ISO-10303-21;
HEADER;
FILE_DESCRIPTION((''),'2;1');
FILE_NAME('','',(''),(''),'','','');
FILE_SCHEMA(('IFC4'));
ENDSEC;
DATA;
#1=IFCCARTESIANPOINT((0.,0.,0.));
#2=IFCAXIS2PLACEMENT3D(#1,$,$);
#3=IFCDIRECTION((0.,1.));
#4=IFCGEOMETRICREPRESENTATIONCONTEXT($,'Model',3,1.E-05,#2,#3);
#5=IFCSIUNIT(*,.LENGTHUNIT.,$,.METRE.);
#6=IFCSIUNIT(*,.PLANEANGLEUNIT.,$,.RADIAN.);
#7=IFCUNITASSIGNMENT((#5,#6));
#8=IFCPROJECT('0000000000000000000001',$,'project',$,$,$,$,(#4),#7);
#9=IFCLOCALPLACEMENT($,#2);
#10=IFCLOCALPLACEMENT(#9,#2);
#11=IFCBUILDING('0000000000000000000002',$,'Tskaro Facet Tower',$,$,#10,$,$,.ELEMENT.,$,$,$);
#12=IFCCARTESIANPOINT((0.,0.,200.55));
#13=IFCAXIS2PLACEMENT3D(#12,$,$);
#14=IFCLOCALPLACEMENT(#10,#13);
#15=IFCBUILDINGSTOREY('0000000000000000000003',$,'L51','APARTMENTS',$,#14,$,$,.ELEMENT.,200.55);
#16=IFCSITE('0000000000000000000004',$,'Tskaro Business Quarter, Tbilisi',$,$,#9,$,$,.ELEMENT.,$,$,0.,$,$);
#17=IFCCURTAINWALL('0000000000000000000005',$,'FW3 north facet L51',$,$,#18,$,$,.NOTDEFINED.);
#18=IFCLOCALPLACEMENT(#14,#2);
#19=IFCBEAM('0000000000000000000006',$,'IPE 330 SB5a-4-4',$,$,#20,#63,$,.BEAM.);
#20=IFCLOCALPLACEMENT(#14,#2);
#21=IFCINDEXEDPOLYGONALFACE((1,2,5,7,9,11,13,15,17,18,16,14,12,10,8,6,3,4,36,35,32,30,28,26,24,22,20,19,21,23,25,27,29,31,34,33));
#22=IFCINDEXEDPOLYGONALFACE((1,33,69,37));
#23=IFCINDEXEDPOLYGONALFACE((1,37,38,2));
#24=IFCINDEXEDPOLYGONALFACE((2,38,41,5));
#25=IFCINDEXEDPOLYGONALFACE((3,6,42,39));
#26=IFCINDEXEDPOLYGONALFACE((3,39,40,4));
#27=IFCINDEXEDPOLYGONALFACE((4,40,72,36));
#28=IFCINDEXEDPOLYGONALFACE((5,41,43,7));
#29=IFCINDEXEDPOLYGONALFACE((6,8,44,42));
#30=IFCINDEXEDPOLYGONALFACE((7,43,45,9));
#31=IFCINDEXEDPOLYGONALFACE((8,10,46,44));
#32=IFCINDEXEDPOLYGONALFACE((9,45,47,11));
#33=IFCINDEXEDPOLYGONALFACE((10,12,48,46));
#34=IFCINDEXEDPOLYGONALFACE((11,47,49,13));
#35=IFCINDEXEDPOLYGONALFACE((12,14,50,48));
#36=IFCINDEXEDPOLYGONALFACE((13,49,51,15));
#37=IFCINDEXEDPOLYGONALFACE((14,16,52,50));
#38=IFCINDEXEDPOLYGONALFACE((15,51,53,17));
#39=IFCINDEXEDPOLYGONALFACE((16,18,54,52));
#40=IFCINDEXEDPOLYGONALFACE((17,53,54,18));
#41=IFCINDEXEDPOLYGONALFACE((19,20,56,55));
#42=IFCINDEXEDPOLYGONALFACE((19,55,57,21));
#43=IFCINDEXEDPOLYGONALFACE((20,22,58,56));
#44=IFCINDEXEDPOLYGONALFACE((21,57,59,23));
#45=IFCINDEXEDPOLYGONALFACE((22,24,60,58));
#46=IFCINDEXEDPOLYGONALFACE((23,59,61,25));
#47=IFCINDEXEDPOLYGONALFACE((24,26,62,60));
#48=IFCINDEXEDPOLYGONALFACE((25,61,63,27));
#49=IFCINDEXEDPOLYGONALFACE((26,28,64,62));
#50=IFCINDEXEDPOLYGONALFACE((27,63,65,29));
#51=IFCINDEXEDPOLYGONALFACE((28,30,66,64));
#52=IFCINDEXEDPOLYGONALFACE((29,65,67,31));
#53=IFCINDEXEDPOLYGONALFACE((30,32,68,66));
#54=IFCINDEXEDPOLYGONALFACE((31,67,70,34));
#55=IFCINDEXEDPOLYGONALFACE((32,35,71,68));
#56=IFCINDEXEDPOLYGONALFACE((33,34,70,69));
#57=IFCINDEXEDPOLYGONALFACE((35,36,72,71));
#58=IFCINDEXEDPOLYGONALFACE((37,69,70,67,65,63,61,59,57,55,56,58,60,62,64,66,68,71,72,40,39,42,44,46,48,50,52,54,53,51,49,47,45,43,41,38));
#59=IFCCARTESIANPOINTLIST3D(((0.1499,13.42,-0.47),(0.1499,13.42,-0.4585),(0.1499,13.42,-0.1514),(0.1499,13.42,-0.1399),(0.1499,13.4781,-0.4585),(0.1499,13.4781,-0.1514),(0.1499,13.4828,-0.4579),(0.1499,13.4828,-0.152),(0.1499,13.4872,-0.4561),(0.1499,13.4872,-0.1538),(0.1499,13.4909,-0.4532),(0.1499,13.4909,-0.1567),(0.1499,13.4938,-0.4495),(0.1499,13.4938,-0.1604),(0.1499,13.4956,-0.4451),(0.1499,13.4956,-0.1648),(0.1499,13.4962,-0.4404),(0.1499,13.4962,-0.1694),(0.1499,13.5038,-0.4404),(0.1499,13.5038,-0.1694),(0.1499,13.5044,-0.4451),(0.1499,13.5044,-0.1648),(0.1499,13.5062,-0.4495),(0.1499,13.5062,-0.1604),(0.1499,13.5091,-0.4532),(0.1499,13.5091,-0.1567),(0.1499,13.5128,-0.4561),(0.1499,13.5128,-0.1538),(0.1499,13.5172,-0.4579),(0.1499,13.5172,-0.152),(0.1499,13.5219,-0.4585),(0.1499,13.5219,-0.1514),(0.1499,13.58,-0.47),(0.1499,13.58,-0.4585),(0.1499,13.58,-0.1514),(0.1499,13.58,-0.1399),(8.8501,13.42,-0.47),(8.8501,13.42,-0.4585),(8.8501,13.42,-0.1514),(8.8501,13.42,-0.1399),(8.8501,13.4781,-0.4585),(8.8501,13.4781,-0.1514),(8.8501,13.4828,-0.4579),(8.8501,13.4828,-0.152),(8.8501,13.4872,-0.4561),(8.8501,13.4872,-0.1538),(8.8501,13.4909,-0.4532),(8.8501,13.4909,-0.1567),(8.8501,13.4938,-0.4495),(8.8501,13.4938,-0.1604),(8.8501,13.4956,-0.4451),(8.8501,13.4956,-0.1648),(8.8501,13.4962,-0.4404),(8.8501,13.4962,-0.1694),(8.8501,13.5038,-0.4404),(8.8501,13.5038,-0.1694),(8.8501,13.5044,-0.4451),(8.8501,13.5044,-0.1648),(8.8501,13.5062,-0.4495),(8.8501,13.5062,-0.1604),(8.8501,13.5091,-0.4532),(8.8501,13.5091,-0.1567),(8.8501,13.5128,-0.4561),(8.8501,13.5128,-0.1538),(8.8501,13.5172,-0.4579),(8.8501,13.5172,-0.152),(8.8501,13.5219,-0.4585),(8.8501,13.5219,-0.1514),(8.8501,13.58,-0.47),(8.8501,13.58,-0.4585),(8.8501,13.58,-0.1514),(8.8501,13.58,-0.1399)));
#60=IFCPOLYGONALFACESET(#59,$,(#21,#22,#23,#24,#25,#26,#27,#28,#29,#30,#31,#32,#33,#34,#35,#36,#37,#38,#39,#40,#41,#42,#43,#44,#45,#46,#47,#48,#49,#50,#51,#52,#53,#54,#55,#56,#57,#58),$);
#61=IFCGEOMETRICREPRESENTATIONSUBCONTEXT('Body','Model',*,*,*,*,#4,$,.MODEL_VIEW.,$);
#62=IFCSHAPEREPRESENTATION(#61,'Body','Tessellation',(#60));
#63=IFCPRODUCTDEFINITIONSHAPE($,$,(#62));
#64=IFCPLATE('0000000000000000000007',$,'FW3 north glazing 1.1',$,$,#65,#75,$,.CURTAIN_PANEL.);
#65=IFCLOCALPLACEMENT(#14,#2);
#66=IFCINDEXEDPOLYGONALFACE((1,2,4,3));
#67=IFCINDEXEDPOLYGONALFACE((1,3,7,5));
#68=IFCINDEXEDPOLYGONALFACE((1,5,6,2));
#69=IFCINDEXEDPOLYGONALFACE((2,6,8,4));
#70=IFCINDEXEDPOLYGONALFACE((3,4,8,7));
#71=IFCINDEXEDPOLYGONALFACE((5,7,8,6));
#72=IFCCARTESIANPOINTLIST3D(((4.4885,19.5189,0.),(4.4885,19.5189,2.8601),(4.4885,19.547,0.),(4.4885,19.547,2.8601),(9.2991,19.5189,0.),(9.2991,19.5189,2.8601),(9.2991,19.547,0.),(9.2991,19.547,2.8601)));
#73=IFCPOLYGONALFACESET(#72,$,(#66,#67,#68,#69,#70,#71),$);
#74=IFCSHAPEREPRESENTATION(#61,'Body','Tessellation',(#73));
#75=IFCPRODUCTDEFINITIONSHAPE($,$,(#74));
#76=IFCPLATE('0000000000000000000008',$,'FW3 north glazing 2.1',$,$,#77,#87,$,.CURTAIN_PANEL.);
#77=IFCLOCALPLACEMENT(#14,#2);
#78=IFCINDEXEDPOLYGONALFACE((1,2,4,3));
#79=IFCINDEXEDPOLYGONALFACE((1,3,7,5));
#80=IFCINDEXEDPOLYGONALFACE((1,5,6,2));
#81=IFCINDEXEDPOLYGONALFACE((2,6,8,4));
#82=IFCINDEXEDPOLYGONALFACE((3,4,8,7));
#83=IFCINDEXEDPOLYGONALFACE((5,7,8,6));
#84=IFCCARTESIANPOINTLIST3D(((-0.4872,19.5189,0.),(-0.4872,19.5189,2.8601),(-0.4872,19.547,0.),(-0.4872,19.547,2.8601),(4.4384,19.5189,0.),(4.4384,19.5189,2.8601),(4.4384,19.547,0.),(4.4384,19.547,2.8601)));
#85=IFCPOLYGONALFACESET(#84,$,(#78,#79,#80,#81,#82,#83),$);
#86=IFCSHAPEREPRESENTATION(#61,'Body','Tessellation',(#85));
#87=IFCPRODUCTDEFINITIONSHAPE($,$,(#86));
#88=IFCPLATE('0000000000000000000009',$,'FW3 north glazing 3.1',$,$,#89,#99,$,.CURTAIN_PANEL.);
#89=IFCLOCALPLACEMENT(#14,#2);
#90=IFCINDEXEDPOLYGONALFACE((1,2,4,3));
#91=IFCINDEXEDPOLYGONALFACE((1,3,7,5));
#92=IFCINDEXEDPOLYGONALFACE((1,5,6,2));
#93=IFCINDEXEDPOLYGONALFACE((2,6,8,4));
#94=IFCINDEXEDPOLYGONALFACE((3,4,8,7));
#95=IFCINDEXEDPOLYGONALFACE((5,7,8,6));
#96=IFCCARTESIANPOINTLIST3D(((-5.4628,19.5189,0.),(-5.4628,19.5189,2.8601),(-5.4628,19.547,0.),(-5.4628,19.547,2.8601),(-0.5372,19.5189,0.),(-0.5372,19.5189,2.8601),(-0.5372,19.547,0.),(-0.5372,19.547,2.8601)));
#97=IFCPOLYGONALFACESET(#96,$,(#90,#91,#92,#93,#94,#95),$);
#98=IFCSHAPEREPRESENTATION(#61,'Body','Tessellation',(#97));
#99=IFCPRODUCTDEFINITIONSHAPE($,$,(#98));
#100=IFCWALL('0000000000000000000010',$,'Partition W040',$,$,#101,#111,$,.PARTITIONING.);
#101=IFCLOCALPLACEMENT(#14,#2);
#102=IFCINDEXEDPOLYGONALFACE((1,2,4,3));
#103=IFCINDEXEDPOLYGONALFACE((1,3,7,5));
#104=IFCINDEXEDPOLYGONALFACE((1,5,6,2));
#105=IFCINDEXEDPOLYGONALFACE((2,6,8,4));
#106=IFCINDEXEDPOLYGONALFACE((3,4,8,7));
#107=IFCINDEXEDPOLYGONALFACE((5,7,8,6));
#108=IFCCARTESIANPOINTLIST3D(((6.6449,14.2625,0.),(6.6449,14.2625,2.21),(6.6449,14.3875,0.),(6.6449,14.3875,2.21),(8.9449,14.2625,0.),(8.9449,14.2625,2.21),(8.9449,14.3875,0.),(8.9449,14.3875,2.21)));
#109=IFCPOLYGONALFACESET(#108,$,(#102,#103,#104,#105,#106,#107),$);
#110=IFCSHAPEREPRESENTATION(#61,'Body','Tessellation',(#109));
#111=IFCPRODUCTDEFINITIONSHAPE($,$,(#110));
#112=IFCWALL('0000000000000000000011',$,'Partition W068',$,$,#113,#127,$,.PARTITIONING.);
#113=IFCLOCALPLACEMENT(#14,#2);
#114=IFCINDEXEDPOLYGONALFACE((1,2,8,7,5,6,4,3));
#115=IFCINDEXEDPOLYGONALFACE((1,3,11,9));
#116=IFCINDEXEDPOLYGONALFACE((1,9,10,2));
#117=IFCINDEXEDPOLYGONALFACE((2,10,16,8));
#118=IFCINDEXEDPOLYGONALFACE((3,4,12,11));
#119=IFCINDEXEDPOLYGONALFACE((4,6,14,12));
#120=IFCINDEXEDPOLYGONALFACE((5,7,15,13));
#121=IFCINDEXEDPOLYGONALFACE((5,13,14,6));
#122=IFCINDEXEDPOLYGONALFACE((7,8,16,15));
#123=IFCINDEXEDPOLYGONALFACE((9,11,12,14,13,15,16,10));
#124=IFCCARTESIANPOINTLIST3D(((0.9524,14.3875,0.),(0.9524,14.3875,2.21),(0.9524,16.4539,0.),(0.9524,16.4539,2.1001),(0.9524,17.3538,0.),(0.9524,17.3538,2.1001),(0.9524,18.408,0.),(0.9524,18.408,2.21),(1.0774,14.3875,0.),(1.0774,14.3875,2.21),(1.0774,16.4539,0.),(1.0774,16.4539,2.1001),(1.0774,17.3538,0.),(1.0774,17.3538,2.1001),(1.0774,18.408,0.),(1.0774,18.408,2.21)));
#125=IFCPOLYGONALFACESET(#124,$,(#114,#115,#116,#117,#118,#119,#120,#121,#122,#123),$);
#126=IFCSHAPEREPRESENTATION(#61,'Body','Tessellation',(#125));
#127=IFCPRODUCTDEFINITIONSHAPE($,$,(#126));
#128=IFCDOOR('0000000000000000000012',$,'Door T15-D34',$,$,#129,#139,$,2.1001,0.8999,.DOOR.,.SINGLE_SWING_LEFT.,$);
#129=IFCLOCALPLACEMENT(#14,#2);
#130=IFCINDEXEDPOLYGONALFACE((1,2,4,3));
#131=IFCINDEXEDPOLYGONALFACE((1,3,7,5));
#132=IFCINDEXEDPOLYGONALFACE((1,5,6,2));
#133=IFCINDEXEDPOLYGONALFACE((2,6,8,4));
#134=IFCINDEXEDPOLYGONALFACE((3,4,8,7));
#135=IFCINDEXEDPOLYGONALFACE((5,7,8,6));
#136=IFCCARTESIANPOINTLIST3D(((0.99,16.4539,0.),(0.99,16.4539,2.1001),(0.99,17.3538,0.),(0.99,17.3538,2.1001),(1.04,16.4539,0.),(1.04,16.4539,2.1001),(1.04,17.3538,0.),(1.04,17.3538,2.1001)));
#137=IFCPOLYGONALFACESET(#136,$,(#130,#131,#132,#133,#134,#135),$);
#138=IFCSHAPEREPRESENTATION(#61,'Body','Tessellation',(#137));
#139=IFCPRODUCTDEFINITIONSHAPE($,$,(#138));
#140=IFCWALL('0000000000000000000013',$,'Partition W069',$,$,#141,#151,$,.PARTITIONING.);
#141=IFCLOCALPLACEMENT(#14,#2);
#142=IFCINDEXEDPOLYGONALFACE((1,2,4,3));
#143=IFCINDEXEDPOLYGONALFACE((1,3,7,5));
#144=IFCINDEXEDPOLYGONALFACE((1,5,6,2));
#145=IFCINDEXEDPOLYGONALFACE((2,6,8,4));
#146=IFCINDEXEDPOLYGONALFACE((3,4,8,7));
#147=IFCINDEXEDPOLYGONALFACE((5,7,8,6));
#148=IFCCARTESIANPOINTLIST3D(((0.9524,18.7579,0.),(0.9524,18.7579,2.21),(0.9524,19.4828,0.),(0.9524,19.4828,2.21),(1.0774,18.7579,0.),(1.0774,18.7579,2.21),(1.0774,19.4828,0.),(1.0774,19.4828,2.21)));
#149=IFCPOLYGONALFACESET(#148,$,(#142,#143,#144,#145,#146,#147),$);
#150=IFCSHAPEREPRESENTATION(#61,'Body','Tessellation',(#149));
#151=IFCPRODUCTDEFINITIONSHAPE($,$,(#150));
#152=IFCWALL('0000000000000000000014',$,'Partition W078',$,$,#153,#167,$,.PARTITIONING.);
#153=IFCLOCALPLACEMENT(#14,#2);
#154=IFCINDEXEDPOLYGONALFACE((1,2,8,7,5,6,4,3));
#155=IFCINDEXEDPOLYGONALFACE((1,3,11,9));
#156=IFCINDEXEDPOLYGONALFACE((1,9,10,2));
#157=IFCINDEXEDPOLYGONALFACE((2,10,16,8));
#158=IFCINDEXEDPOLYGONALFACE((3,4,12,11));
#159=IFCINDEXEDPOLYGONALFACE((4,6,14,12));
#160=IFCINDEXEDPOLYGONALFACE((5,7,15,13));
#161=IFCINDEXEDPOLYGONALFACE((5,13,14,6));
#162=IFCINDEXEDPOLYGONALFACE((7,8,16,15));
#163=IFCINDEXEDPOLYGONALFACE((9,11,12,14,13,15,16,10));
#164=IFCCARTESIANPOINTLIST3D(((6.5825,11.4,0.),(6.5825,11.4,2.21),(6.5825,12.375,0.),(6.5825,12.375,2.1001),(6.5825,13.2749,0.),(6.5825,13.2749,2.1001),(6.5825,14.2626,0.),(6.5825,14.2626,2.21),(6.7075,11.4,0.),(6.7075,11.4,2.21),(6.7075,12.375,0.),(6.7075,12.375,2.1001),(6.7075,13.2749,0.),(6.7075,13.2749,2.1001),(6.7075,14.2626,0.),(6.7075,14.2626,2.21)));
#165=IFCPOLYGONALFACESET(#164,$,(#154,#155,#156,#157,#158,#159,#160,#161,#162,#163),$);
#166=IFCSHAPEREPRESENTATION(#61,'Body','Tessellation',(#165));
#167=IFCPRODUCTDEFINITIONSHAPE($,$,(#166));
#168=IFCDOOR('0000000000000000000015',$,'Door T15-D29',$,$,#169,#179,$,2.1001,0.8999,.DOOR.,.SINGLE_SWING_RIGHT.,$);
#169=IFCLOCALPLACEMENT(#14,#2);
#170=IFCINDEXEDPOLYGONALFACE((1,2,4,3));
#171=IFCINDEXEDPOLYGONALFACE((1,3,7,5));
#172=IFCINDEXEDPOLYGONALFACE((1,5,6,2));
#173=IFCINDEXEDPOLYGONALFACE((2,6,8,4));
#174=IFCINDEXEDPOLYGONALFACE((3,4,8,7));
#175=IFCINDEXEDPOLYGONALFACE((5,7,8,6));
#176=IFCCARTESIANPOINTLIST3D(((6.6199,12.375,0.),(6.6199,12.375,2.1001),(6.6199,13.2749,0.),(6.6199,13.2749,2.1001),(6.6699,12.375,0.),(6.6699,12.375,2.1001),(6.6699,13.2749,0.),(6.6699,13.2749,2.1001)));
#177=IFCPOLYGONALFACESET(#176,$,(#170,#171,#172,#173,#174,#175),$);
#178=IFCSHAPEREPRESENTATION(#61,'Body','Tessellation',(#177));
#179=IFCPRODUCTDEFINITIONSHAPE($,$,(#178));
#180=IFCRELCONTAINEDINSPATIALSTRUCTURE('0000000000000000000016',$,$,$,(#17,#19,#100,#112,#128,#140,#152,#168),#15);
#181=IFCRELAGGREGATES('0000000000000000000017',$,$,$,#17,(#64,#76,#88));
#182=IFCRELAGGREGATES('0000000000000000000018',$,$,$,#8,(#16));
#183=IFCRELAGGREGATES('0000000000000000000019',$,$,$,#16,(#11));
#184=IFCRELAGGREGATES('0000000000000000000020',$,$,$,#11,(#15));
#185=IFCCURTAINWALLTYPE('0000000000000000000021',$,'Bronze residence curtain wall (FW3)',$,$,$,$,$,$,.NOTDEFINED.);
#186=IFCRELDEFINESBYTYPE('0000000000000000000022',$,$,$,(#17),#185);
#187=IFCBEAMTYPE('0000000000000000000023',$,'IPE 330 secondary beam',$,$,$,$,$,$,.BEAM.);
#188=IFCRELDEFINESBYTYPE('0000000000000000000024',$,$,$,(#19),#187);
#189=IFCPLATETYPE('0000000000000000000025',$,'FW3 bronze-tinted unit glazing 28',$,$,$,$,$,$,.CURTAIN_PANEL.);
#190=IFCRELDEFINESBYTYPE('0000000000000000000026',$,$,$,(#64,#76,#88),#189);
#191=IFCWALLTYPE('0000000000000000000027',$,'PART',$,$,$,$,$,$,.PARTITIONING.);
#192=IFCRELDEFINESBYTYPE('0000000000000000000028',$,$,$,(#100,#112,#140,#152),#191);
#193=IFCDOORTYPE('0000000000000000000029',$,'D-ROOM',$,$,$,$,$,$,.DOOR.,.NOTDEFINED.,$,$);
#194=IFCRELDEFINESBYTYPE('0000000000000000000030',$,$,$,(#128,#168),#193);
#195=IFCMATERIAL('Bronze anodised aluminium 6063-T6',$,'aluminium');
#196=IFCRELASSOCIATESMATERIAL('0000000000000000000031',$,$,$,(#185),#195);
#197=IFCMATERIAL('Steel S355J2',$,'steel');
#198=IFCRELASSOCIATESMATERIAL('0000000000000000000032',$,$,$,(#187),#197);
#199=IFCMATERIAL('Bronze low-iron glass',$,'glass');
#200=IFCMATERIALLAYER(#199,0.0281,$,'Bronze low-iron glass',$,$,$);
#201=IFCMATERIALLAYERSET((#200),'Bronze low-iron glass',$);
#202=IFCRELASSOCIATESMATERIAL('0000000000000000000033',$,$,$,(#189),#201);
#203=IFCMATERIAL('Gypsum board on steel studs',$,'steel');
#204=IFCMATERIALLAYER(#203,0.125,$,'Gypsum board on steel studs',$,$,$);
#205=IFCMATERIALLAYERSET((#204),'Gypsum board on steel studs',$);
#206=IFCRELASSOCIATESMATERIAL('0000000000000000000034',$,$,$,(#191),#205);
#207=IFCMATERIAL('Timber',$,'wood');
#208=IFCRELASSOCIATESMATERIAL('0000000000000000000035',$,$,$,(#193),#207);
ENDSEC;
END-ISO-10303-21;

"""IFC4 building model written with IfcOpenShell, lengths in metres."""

from ifc_helpers import new_model, si_unit, direction, frame, frame_2d, origin, origin_2d, place, context, subcontext, project, spatial, rectangle, i_section, extrude, material, layer, layer_set, material_profile, profile_set, type_object, element, fill, aggregate, save


model = new_model("IFC4")

# Units and contexts
model_context = context("Model", 3, precision=1e-05, world=origin(), true_north=direction((0.0, 1.0)))
body_context = subcontext(model_context, "Body", "Model", "MODEL_VIEW")
ifc_project = project(units=[si_unit("LENGTHUNIT", "METRE"), si_unit("PLANEANGLEUNIT", "RADIAN")], contexts=[model_context])

# Site, building, storey
site_placement = place(None, origin())
site = spatial("IfcSite", under=ifc_project, at=site_placement, Name="Tskaro Business Quarter, Tbilisi", CompositionType="ELEMENT", RefElevation=0.0)
building_placement = place(site_placement, origin())
building = spatial("IfcBuilding", under=site, at=building_placement, Name="Tskaro Facet Tower", CompositionType="ELEMENT")
storey_placement = place(building_placement, frame((0.0, 0.0, 200.55)))
storey = spatial("IfcBuildingStorey", under=building, at=storey_placement, Name="L51", Description="APARTMENTS", CompositionType="ELEMENT", Elevation=200.55)

# Curtain wall
ifc_material_1 = material(Name="Bronze anodised aluminium 6063-T6", Category="aluminium")
curtain_wall_type = type_object("IfcCurtainWallType", Name="Bronze residence curtain wall (FW3)", PredefinedType="NOTDEFINED", material=ifc_material_1)
curtain_wall_placement = place(storey_placement, origin())
curtain_wall = element("IfcCurtainWall", 1, at=curtain_wall_placement, inside=storey, type_object=curtain_wall_type, Name="FW3 north facet L51", PredefinedType="NOTDEFINED")

# Beam
ifc_material_2 = material(Name="Steel S355J2", Category="steel")
ifc_material_profile_1 = material_profile(ifc_material_2, i_section(OverallWidth=0.1599, OverallDepth=0.3301, WebThickness=0.0076, FlangeThickness=0.0115, FilletRadius=0.0181, at=origin_2d()), Name="IPE 330")
ifc_profile_set_1 = profile_set([ifc_material_profile_1], Name="Steel S355J2")
beam_type_1 = type_object("IfcBeamType", Name="IPE 330 secondary beam", PredefinedType="BEAM", material=ifc_profile_set_1)
beam_1_placement = place(storey_placement, frame((0.1499, 13.5, -0.3049), z_axis=(1.0, 0.0, 0.0), x_axis=(0.0, 1.0, 0.0)))
element("IfcBeam", 2, at=beam_1_placement, inside=storey, type_object=beam_type_1, Name="IPE 330 SB5a-4-4", PredefinedType="BEAM", context=body_context, shape_type="SweptSolid", body=[
    extrude(i_section(OverallWidth=0.1599, OverallDepth=0.3301, WebThickness=0.0076, FlangeThickness=0.0115, FilletRadius=0.0181, at=origin_2d()), origin(), (0.0, 0.0, 1.0), 8.7002),
])

# Plates
ifc_material_3 = material(Name="Bronze low-iron glass", Category="glass")
ifc_layer_1 = layer(ifc_material_3, 0.0281, Name="Bronze low-iron glass")
ifc_layer_set_1 = layer_set([ifc_layer_1], Name="Bronze low-iron glass")
plate_type = type_object("IfcPlateType", Name="FW3 bronze-tinted unit glazing 28", PredefinedType="CURTAIN_PANEL", material=ifc_layer_set_1)
plate_1_placement = place(storey_placement, frame((6.8938, 19.533, 0.0), z_axis=(0.0, 0.0, 1.0), x_axis=(-1.0, 0.0, 0.0)))
plate_1 = element("IfcPlate", 3, at=plate_1_placement, type_object=plate_type, Name="FW3 north glazing 1.1", PredefinedType="CURTAIN_PANEL", context=body_context, shape_type="SweptSolid", body=[
    extrude(rectangle(XDim=4.8105, YDim=0.0281, at=origin_2d()), origin(), (0.0, 0.0, 1.0), 2.8601),
])
plate_2_placement = place(storey_placement, frame((1.9756, 19.533, 0.0), z_axis=(0.0, 0.0, 1.0), x_axis=(-1.0, 0.0, 0.0)))
plate_2 = element("IfcPlate", 4, at=plate_2_placement, type_object=plate_type, Name="FW3 north glazing 2.1", PredefinedType="CURTAIN_PANEL", context=body_context, shape_type="SweptSolid", body=[
    extrude(rectangle(XDim=4.9255, YDim=0.0281, at=origin_2d()), origin(), (0.0, 0.0, 1.0), 2.8601),
])
plate_3_placement = place(storey_placement, frame((-3.0, 19.533, 0.0), z_axis=(0.0, 0.0, 1.0), x_axis=(-1.0, 0.0, 0.0)))
plate_3 = element("IfcPlate", 5, at=plate_3_placement, type_object=plate_type, Name="FW3 north glazing 3.1", PredefinedType="CURTAIN_PANEL", context=body_context, shape_type="SweptSolid", body=[
    extrude(rectangle(XDim=4.9255, YDim=0.0281, at=origin_2d()), origin(), (0.0, 0.0, 1.0), 2.8601),
])
aggregate(curtain_wall, [plate_1, plate_2, plate_3])

# Wall
ifc_material_4 = material(Name="Gypsum board on steel studs", Category="steel")
ifc_layer_2 = layer(ifc_material_4, 0.125, Name="Gypsum board on steel studs")
ifc_layer_set_2 = layer_set([ifc_layer_2], Name="Gypsum board on steel studs")
wall_type_1 = type_object("IfcWallType", Name="PART", PredefinedType="PARTITIONING", material=ifc_layer_set_2)
wall_1_placement = place(storey_placement, frame((6.645, 14.325, 0.0), z_axis=(0.0, 0.0, 1.0), x_axis=(1.0, 0.0, 0.0)))
element("IfcWall", 6, at=wall_1_placement, inside=storey, type_object=wall_type_1, Name="Partition W040", PredefinedType="PARTITIONING", context=body_context, shape_type="SweptSolid", body=[
    extrude(rectangle(XDim=2.3, YDim=0.125, at=frame_2d((1.1499, 0.0))), origin(), (0.0, 0.0, 1.0), 2.21),
])

# Wall, opening, door
wall_2_placement = place(storey_placement, frame((1.0149, 14.3875, 0.0), z_axis=(0.0, 0.0, 1.0), x_axis=(0.0, 1.0, 0.0)))
wall_2 = element("IfcWall", 7, at=wall_2_placement, inside=storey, type_object=wall_type_1, Name="Partition W068", PredefinedType="PARTITIONING", context=body_context, shape_type="SweptSolid", body=[
    extrude(rectangle(XDim=4.0205, YDim=0.125, at=frame_2d((2.0103, 0.0))), origin(), (0.0, 0.0, 1.0), 2.21),
])
opening_1_placement = place(wall_2_placement, frame((2.0664, 0.0, 0.0)))
opening_1 = element("IfcOpeningElement", 8, at=opening_1_placement, cuts=wall_2, PredefinedType="OPENING", context=body_context, shape_type="SweptSolid", body=[
    extrude(rectangle(XDim=0.8999, YDim=2.1001, at=frame_2d((0.45, 1.05))), frame((0.0, 0.0725, 0.0), z_axis=(0.0, -1.0, 0.0), x_axis=(1.0, 0.0, 0.0)), (0.0, 0.0, 1.0), 0.145),
])
ifc_material_5 = material(Name="Timber", Category="wood")
door_type = type_object("IfcDoorType", Name="D-ROOM", OperationType="NOTDEFINED", PredefinedType="DOOR", material=ifc_material_5)
door_1_placement = place(opening_1_placement, origin())
door_1 = element("IfcDoor", 9, at=door_1_placement, inside=storey, type_object=door_type, Name="Door T15-D34", OperationType="SINGLE_SWING_LEFT", OverallHeight=2.1001, OverallWidth=0.8999, PredefinedType="DOOR", context=body_context, shape_type="SweptSolid", body=[
    extrude(rectangle(XDim=0.8999, YDim=2.1001, at=frame_2d((0.45, 1.05))), frame((0.0, 0.0249, 0.0), z_axis=(0.0, -1.0, 0.0), x_axis=(1.0, 0.0, 0.0)), (0.0, 0.0, 1.0), 0.05),
])
fill(opening_1, door_1)

# Wall
wall_3_placement = place(storey_placement, frame((1.0149, 18.7581, 0.0), z_axis=(0.0, 0.0, 1.0), x_axis=(0.0, 1.0, 0.0)))
element("IfcWall", 10, at=wall_3_placement, inside=storey, type_object=wall_type_1, Name="Partition W069", PredefinedType="PARTITIONING", context=body_context, shape_type="SweptSolid", body=[
    extrude(rectangle(XDim=0.7249, YDim=0.125, at=frame_2d((0.3623, 0.0))), origin(), (0.0, 0.0, 1.0), 2.21),
])

# Wall, opening, door
wall_4_placement = place(storey_placement, frame((6.645, 14.2625, 0.0), z_axis=(0.0, 0.0, 1.0), x_axis=(0.0, -1.0, 0.0)))
wall_4 = element("IfcWall", 11, at=wall_4_placement, inside=storey, type_object=wall_type_1, Name="Partition W078", PredefinedType="PARTITIONING", context=body_context, shape_type="SweptSolid", body=[
    extrude(rectangle(XDim=2.8625, YDim=0.125, at=frame_2d((1.4312, 0.0))), origin(), (0.0, 0.0, 1.0), 2.21),
])
opening_2_placement = place(wall_4_placement, frame((0.9875, 0.0, 0.0)))
opening_2 = element("IfcOpeningElement", 12, at=opening_2_placement, cuts=wall_4, PredefinedType="OPENING", context=body_context, shape_type="SweptSolid", body=[
    extrude(rectangle(XDim=0.8999, YDim=2.1001, at=frame_2d((0.45, 1.05))), frame((0.0, 0.0725, 0.0), z_axis=(0.0, -1.0, 0.0), x_axis=(1.0, 0.0, 0.0)), (0.0, 0.0, 1.0), 0.145),
])
door_2_placement = place(opening_2_placement, origin())
door_2 = element("IfcDoor", 13, at=door_2_placement, inside=storey, type_object=door_type, Name="Door T15-D29", OperationType="SINGLE_SWING_RIGHT", OverallHeight=2.1001, OverallWidth=0.8999, PredefinedType="DOOR", context=body_context, shape_type="SweptSolid", body=[
    extrude(rectangle(XDim=0.8999, YDim=2.1001, at=frame_2d((0.45, 1.05))), frame((0.0, 0.0249, 0.0), z_axis=(0.0, -1.0, 0.0), x_axis=(1.0, 0.0, 0.0)), (0.0, 0.0, 1.0), 0.05),
])
fill(opening_2, door_2)

save(model, "model.ifc")
